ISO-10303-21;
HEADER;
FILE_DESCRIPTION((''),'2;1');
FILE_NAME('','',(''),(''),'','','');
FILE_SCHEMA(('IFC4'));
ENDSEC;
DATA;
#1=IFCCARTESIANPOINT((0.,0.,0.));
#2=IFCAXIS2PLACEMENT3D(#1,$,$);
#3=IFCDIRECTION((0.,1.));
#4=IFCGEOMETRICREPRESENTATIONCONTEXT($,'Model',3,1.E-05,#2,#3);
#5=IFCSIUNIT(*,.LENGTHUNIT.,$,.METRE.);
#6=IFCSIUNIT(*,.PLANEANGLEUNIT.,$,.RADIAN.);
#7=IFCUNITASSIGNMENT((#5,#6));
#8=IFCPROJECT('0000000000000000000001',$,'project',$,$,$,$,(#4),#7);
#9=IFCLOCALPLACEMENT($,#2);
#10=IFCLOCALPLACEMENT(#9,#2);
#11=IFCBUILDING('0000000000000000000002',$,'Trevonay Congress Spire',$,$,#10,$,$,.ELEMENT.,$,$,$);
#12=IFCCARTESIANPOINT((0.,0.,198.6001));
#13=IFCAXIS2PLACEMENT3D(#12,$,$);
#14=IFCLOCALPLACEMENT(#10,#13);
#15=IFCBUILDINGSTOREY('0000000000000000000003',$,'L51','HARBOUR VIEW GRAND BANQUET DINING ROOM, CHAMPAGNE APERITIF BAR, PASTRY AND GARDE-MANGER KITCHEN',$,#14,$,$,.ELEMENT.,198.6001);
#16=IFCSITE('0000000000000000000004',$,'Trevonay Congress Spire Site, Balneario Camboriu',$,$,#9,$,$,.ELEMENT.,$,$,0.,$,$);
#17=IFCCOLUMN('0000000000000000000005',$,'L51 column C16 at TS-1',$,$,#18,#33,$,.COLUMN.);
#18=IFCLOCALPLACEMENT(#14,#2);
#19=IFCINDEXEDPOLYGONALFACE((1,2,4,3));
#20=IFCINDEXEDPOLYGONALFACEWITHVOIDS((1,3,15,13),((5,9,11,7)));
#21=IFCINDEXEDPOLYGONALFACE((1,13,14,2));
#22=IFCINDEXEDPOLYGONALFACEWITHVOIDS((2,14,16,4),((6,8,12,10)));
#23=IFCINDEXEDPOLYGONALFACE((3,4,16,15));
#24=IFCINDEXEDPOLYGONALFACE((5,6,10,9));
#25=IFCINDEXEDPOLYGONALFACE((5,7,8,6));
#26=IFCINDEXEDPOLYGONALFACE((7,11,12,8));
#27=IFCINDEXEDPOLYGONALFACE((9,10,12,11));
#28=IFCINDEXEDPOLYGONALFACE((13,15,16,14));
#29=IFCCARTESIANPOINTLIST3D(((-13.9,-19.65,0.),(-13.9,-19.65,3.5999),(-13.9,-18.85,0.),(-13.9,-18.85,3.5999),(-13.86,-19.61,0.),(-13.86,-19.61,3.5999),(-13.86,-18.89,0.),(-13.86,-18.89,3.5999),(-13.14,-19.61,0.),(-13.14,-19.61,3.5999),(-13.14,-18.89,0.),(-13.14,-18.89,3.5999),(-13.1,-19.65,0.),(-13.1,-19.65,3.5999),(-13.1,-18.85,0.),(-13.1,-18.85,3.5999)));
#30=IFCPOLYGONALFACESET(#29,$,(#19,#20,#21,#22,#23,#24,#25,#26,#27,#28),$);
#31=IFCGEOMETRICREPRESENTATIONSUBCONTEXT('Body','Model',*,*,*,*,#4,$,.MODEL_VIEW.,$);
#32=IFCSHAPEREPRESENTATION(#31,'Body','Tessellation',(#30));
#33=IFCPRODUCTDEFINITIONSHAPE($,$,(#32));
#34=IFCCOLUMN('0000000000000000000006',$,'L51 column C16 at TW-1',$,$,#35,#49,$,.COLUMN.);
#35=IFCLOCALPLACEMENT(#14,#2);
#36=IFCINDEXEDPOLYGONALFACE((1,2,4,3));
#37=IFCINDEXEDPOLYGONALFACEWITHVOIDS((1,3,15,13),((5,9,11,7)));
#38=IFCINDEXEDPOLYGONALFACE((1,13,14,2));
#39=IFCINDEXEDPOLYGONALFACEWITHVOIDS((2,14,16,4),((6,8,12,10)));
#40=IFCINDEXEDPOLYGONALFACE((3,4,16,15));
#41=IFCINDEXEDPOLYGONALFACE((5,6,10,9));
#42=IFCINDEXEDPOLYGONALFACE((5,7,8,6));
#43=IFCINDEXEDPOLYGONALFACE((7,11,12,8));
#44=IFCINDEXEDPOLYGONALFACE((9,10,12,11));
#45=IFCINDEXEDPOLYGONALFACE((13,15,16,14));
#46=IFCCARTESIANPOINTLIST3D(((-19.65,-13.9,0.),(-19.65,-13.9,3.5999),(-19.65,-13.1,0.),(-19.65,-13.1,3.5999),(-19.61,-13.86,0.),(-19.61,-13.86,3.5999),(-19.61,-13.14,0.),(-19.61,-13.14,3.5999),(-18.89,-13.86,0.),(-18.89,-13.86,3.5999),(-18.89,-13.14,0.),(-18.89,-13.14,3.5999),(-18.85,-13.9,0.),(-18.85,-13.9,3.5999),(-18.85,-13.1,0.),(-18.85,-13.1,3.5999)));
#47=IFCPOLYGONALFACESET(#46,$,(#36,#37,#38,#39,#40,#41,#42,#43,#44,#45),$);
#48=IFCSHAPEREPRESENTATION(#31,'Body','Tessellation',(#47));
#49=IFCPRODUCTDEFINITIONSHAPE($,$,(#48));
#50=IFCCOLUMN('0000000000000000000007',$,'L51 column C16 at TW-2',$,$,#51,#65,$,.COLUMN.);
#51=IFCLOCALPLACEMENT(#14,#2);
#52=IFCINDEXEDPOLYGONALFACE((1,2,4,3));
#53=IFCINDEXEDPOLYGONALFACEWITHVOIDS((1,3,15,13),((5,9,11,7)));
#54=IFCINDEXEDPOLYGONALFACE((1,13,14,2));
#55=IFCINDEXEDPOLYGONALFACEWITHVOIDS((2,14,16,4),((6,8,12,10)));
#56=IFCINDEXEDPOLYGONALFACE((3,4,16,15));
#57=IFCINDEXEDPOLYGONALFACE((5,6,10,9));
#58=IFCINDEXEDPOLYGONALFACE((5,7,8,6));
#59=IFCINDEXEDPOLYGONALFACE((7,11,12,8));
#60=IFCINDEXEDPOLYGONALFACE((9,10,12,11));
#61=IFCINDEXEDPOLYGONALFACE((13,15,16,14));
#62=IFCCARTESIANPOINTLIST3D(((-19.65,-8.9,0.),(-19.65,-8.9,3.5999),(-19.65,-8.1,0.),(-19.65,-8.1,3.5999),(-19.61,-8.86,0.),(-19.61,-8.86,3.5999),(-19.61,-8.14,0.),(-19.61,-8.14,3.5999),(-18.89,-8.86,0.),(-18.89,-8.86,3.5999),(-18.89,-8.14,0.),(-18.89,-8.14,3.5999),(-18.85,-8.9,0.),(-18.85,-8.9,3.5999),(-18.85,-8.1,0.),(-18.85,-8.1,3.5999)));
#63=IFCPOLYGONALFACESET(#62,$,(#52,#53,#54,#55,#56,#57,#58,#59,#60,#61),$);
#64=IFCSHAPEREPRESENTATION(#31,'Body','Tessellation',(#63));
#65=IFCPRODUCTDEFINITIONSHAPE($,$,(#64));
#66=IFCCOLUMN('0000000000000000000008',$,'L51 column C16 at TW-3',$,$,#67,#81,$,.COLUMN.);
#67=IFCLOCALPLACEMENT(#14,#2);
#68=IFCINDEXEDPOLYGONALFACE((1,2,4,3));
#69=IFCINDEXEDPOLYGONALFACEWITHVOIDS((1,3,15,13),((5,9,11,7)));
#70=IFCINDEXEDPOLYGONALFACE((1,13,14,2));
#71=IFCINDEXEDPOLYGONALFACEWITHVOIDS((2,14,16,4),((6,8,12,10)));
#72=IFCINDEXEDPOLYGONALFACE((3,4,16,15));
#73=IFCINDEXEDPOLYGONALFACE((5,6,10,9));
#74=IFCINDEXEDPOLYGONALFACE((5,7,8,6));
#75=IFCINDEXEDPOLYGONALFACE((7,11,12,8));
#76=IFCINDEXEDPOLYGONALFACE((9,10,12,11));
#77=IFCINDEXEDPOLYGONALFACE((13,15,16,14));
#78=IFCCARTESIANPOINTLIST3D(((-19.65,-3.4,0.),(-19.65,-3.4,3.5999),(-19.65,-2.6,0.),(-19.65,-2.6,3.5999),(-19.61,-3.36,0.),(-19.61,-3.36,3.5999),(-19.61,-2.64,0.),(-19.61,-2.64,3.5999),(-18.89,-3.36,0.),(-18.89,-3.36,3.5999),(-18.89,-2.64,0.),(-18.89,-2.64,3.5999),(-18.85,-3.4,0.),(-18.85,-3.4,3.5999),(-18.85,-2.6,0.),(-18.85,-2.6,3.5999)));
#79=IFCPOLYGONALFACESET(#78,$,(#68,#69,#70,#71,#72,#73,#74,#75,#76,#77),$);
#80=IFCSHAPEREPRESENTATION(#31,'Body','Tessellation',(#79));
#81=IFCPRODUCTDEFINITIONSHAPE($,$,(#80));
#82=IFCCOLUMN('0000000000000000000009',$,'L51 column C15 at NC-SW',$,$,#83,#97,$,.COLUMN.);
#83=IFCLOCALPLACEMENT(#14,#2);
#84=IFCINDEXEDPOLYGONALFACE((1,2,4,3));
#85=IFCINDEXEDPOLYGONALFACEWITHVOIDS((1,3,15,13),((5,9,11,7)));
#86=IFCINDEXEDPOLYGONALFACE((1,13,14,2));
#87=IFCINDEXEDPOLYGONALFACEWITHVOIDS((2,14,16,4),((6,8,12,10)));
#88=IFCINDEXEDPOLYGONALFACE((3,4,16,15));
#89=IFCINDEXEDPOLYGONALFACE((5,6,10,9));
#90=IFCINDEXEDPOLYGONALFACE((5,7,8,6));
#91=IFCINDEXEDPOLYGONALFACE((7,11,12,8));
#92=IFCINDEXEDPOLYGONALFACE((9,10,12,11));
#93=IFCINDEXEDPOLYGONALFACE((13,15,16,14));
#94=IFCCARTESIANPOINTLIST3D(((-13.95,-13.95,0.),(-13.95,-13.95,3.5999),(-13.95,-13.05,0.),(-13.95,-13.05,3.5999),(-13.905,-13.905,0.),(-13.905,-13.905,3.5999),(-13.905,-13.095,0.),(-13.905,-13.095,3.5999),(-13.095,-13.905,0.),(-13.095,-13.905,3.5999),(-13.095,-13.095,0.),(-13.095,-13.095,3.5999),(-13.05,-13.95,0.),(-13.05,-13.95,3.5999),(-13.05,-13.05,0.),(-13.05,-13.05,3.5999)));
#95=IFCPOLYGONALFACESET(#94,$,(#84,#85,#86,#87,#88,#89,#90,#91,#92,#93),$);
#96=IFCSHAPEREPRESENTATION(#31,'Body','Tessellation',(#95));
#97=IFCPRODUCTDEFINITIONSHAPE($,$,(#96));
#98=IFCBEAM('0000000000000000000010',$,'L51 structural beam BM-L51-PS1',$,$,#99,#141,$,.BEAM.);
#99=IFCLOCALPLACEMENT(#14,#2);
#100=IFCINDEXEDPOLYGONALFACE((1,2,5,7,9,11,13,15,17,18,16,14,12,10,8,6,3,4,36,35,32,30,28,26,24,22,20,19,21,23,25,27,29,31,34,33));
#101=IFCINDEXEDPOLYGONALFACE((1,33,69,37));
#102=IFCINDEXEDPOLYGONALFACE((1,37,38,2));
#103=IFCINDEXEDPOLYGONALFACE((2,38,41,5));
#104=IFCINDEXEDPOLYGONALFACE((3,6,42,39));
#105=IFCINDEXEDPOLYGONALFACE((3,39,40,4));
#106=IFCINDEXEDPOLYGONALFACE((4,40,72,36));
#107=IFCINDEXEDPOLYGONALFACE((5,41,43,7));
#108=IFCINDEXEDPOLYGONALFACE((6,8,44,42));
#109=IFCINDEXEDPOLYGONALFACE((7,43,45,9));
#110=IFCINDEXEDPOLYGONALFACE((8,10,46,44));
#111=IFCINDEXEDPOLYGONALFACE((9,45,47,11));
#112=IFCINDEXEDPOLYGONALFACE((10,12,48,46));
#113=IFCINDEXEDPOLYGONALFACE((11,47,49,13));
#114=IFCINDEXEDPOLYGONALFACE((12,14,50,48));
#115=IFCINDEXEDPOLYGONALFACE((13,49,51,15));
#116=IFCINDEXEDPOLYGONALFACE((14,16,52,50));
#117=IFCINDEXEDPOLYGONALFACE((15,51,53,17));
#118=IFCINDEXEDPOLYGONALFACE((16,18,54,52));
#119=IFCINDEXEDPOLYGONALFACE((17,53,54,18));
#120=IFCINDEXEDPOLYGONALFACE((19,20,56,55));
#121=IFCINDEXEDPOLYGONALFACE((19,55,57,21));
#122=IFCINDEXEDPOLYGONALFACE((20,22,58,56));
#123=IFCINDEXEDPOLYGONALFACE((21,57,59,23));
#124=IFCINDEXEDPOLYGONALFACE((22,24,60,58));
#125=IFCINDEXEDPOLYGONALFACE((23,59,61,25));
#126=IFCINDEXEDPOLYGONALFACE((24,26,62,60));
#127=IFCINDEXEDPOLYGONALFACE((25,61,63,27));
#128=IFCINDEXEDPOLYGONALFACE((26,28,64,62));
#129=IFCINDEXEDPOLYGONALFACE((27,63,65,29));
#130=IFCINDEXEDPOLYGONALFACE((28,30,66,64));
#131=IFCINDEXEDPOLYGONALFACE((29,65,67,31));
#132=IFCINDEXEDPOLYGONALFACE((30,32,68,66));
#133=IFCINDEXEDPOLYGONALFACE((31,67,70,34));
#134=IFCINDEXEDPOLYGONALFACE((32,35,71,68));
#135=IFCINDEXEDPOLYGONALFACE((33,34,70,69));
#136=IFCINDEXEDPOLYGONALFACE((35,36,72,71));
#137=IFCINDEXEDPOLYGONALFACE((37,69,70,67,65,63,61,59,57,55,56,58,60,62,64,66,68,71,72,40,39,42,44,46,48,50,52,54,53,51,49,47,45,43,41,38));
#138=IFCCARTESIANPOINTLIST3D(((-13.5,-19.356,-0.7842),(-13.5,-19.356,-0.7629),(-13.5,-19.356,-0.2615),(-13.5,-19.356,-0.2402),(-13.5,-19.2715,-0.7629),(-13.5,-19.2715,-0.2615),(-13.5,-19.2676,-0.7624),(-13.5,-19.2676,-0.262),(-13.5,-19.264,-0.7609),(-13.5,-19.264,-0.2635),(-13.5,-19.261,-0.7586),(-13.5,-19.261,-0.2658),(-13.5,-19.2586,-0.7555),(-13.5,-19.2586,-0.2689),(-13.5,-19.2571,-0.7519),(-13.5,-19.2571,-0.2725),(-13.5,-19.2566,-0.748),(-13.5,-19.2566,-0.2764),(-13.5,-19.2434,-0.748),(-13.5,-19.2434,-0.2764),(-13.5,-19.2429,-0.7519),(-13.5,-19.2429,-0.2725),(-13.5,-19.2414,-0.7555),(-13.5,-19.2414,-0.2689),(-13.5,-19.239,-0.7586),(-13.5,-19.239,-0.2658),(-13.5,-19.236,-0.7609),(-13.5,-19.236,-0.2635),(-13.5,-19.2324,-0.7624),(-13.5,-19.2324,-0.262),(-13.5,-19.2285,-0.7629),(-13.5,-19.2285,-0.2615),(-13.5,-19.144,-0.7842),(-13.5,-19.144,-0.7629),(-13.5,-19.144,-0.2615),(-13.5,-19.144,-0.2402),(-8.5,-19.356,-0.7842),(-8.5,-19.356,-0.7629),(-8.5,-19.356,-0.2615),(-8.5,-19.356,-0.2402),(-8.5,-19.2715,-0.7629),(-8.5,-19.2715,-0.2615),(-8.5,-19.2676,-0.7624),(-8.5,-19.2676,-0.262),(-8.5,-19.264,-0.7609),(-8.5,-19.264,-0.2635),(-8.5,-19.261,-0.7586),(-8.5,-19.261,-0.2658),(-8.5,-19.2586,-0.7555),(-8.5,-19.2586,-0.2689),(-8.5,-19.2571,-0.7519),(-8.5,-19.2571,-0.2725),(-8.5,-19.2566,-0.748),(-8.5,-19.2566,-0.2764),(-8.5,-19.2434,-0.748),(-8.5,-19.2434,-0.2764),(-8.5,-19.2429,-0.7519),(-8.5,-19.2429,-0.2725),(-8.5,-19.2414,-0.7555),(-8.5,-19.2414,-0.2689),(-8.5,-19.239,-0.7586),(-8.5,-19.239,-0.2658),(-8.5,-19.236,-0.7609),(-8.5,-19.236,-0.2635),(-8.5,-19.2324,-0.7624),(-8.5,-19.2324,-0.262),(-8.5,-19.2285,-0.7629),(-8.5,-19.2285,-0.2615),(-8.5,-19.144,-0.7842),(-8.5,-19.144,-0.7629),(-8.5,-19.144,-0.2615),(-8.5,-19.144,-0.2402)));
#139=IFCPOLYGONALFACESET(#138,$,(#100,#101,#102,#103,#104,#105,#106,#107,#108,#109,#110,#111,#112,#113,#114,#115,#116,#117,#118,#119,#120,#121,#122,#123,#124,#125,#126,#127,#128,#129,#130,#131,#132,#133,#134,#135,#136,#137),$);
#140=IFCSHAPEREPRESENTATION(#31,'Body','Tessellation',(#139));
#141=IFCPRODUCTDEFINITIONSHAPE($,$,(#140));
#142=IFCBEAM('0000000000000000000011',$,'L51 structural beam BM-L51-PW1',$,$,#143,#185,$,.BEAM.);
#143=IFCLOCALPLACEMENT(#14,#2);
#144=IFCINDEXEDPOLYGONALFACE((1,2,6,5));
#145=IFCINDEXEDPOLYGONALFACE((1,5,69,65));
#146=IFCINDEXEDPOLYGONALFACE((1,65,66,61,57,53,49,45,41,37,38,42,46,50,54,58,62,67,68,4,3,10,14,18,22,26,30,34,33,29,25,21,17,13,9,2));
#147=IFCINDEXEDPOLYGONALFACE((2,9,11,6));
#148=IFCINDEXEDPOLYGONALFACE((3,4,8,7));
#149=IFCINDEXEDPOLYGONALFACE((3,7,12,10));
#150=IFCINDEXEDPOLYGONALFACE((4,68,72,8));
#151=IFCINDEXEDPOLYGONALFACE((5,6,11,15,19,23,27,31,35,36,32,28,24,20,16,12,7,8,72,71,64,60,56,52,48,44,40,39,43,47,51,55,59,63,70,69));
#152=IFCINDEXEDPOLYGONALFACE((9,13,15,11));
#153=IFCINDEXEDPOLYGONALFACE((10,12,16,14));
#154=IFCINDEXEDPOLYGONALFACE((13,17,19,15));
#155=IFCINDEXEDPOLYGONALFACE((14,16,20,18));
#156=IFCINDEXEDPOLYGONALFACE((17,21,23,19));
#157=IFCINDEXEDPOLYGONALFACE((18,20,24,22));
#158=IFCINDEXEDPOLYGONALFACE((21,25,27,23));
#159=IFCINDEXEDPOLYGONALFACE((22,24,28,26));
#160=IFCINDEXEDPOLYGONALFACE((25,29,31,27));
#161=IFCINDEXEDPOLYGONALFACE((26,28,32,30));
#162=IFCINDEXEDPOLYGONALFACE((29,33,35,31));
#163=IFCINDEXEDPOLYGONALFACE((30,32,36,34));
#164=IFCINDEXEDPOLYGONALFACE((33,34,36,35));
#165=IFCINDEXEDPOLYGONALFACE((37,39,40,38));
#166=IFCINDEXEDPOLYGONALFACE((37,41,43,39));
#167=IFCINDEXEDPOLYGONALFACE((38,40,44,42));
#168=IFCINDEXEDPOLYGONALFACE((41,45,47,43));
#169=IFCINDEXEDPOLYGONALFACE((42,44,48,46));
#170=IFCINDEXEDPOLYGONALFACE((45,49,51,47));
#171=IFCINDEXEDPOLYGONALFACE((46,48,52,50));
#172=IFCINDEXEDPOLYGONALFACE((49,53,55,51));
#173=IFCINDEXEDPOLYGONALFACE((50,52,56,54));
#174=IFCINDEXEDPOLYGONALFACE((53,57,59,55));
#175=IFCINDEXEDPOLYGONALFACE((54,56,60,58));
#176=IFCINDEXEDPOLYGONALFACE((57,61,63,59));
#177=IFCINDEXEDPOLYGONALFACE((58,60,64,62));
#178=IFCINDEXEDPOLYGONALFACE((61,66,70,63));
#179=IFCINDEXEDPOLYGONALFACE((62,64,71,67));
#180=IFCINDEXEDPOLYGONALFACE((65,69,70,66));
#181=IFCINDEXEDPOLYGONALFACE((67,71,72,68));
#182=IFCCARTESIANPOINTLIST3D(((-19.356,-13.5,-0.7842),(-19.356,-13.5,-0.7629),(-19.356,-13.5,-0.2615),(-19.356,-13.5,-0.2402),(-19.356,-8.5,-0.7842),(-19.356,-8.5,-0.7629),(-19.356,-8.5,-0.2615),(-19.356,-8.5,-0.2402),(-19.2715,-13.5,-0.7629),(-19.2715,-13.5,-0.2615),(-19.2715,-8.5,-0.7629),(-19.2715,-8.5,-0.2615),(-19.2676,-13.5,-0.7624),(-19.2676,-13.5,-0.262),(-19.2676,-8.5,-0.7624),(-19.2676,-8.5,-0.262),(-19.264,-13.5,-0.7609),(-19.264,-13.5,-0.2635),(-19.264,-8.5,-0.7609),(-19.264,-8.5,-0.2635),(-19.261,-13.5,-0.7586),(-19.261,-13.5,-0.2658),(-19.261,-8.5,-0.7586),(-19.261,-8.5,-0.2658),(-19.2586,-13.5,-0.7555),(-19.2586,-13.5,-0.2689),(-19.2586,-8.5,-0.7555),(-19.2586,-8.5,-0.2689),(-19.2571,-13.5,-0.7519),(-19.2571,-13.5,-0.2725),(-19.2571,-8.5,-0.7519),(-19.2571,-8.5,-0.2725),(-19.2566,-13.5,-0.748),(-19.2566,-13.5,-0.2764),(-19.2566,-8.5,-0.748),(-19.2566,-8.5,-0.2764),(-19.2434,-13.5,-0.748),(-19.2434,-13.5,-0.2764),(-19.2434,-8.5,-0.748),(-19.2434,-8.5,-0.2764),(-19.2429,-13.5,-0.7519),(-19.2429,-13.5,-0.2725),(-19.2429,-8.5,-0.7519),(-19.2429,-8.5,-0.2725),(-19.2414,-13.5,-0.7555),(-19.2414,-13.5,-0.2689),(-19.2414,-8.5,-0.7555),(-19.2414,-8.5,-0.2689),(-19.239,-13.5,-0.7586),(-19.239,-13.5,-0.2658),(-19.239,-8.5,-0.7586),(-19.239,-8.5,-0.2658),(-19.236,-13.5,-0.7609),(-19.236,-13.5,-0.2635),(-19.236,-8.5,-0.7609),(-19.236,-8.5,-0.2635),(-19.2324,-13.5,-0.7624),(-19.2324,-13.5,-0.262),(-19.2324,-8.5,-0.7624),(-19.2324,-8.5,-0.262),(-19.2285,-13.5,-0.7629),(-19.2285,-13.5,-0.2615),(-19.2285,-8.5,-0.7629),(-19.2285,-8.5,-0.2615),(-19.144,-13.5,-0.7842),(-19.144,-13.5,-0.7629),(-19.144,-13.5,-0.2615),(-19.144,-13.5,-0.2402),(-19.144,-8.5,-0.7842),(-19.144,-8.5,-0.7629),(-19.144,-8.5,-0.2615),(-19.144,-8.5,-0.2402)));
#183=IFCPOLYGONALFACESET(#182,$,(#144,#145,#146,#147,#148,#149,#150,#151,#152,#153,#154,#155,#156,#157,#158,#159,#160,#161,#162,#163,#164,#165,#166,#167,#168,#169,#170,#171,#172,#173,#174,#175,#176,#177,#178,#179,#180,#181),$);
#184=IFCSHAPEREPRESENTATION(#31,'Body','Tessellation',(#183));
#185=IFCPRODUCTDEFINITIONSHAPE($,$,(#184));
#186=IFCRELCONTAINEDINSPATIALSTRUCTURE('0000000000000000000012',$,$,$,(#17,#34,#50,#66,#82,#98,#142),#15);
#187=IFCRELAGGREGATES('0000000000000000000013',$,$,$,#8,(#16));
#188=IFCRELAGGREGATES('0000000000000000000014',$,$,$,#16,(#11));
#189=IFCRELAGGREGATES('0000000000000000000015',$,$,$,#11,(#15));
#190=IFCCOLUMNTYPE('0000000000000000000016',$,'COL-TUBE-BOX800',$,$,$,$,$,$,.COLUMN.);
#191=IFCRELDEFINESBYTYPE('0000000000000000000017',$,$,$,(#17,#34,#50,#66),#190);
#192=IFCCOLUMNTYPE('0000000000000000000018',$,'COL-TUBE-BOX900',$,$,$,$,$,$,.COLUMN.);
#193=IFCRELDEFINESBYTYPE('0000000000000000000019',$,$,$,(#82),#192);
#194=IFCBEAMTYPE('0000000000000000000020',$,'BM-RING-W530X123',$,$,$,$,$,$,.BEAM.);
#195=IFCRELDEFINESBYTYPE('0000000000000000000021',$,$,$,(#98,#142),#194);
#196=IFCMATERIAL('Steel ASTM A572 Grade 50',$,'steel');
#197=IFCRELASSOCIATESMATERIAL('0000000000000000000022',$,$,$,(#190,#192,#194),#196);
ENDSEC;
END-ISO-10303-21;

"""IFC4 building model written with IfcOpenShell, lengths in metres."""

from ifc_helpers import new_model, si_unit, direction, frame, origin, origin_2d, place, context, subcontext, project, spatial, hollow_rectangle, i_section, extrude, material, material_profile, profile_set, type_object, element, save


model = new_model("IFC4")

# Units and contexts
model_context = context("Model", 3, precision=1e-05, world=origin(), true_north=direction((0.0, 1.0)))
body_context = subcontext(model_context, "Body", "Model", "MODEL_VIEW")
ifc_project = project(units=[si_unit("LENGTHUNIT", "METRE"), si_unit("PLANEANGLEUNIT", "RADIAN")], contexts=[model_context])

# Site, building, storey
site_placement = place(None, origin())
site = spatial("IfcSite", under=ifc_project, at=site_placement, Name="Trevonay Congress Spire Site, Balneario Camboriu", CompositionType="ELEMENT", RefElevation=0.0)
building_placement = place(site_placement, origin())
building = spatial("IfcBuilding", under=site, at=building_placement, Name="Trevonay Congress Spire", CompositionType="ELEMENT")
storey_placement = place(building_placement, frame((0.0, 0.0, 198.6001)))
storey = spatial("IfcBuildingStorey", under=building, at=storey_placement, Name="L51", Description="HARBOUR VIEW GRAND BANQUET DINING ROOM, CHAMPAGNE APERITIF BAR, PASTRY AND GARDE-MANGER KITCHEN", CompositionType="ELEMENT", Elevation=198.6001)

# Columns
ifc_material_1 = material(Name="Steel ASTM A572 Grade 50", Category="steel")
ifc_material_profile_1 = material_profile(ifc_material_1, hollow_rectangle(XDim=0.8, YDim=0.8, WallThickness=0.04, at=origin_2d()), Name="BOX 800x800x40")
ifc_profile_set_1 = profile_set([ifc_material_profile_1], Name="Steel ASTM A572 Grade 50")
column_type_1 = type_object("IfcColumnType", Name="COL-TUBE-BOX800", PredefinedType="COLUMN", material=ifc_profile_set_1)
for number, where, z_axis, x_axis, name in (
    (1, (-13.5, -19.25, 0.0), (0.0, 0.0, 1.0), (1.0, 0.0, 0.0), "L51 column C16 at TS-1"),
    (2, (-19.25, -13.5, 0.0), (0.0, 0.0, 1.0), (1.0, 0.0, 0.0), "L51 column C16 at TW-1"),
    (3, (-19.25, -8.5, 0.0), (0.0, 0.0, 1.0), (1.0, 0.0, 0.0), "L51 column C16 at TW-2"),
    (4, (-19.25, -3.0, 0.0), (0.0, 0.0, 1.0), (1.0, 0.0, 0.0), "L51 column C16 at TW-3"),
):
    element("IfcColumn", number, at=place(storey_placement, frame(where, z_axis=z_axis, x_axis=x_axis)), inside=storey, type_object=column_type_1, Name=name, PredefinedType="COLUMN", context=body_context, shape_type="SweptSolid", body=[
        extrude(hollow_rectangle(XDim=0.8, YDim=0.8, WallThickness=0.04, at=origin_2d()), origin(), (0.0, 0.0, 1.0), 3.5999),
    ])
ifc_material_profile_2 = material_profile(ifc_material_1, hollow_rectangle(XDim=0.8999, YDim=0.8999, WallThickness=0.0449, at=origin_2d()), Name="BOX 900x900x45")
ifc_profile_set_2 = profile_set([ifc_material_profile_2], Name="Steel ASTM A572 Grade 50")
column_type_2 = type_object("IfcColumnType", Name="COL-TUBE-BOX900", PredefinedType="COLUMN", material=ifc_profile_set_2)
column_placement = place(storey_placement, frame((-13.5, -13.5, 0.0), z_axis=(0.0, 0.0, 1.0), x_axis=(1.0, 0.0, 0.0)))
element("IfcColumn", 5, at=column_placement, inside=storey, type_object=column_type_2, Name="L51 column C15 at NC-SW", PredefinedType="COLUMN", context=body_context, shape_type="SweptSolid", body=[
    extrude(hollow_rectangle(XDim=0.8999, YDim=0.8999, WallThickness=0.0449, at=origin_2d()), origin(), (0.0, 0.0, 1.0), 3.5999),
])

# Beams
ifc_material_profile_3 = material_profile(ifc_material_1, i_section(OverallWidth=0.2119, OverallDepth=0.5439, WebThickness=0.0132, FlangeThickness=0.0212, FilletRadius=0.0149, at=origin_2d()), Name="W530x123")
ifc_profile_set_3 = profile_set([ifc_material_profile_3], Name="Steel ASTM A572 Grade 50")
beam_type_1 = type_object("IfcBeamType", Name="BM-RING-W530X123", PredefinedType="BEAM", material=ifc_profile_set_3)
for number, where, z_axis, x_axis, name in (
    (6, (-13.5, -19.25, -0.5122), (1.0, 0.0, 0.0), (0.0, 1.0, 0.0), "L51 structural beam BM-L51-PS1"),
    (7, (-19.25, -13.5, -0.5122), (0.0, 1.0, 0.0), (-1.0, 0.0, 0.0), "L51 structural beam BM-L51-PW1"),
):
    element("IfcBeam", number, at=place(storey_placement, frame(where, z_axis=z_axis, x_axis=x_axis)), inside=storey, type_object=beam_type_1, Name=name, PredefinedType="BEAM", context=body_context, shape_type="SweptSolid", body=[
        extrude(i_section(OverallWidth=0.2119, OverallDepth=0.5439, WebThickness=0.0132, FlangeThickness=0.0212, FilletRadius=0.0149, at=origin_2d()), origin(), (0.0, 0.0, 1.0), 5.0),
    ])

save(model, "model.ifc")
